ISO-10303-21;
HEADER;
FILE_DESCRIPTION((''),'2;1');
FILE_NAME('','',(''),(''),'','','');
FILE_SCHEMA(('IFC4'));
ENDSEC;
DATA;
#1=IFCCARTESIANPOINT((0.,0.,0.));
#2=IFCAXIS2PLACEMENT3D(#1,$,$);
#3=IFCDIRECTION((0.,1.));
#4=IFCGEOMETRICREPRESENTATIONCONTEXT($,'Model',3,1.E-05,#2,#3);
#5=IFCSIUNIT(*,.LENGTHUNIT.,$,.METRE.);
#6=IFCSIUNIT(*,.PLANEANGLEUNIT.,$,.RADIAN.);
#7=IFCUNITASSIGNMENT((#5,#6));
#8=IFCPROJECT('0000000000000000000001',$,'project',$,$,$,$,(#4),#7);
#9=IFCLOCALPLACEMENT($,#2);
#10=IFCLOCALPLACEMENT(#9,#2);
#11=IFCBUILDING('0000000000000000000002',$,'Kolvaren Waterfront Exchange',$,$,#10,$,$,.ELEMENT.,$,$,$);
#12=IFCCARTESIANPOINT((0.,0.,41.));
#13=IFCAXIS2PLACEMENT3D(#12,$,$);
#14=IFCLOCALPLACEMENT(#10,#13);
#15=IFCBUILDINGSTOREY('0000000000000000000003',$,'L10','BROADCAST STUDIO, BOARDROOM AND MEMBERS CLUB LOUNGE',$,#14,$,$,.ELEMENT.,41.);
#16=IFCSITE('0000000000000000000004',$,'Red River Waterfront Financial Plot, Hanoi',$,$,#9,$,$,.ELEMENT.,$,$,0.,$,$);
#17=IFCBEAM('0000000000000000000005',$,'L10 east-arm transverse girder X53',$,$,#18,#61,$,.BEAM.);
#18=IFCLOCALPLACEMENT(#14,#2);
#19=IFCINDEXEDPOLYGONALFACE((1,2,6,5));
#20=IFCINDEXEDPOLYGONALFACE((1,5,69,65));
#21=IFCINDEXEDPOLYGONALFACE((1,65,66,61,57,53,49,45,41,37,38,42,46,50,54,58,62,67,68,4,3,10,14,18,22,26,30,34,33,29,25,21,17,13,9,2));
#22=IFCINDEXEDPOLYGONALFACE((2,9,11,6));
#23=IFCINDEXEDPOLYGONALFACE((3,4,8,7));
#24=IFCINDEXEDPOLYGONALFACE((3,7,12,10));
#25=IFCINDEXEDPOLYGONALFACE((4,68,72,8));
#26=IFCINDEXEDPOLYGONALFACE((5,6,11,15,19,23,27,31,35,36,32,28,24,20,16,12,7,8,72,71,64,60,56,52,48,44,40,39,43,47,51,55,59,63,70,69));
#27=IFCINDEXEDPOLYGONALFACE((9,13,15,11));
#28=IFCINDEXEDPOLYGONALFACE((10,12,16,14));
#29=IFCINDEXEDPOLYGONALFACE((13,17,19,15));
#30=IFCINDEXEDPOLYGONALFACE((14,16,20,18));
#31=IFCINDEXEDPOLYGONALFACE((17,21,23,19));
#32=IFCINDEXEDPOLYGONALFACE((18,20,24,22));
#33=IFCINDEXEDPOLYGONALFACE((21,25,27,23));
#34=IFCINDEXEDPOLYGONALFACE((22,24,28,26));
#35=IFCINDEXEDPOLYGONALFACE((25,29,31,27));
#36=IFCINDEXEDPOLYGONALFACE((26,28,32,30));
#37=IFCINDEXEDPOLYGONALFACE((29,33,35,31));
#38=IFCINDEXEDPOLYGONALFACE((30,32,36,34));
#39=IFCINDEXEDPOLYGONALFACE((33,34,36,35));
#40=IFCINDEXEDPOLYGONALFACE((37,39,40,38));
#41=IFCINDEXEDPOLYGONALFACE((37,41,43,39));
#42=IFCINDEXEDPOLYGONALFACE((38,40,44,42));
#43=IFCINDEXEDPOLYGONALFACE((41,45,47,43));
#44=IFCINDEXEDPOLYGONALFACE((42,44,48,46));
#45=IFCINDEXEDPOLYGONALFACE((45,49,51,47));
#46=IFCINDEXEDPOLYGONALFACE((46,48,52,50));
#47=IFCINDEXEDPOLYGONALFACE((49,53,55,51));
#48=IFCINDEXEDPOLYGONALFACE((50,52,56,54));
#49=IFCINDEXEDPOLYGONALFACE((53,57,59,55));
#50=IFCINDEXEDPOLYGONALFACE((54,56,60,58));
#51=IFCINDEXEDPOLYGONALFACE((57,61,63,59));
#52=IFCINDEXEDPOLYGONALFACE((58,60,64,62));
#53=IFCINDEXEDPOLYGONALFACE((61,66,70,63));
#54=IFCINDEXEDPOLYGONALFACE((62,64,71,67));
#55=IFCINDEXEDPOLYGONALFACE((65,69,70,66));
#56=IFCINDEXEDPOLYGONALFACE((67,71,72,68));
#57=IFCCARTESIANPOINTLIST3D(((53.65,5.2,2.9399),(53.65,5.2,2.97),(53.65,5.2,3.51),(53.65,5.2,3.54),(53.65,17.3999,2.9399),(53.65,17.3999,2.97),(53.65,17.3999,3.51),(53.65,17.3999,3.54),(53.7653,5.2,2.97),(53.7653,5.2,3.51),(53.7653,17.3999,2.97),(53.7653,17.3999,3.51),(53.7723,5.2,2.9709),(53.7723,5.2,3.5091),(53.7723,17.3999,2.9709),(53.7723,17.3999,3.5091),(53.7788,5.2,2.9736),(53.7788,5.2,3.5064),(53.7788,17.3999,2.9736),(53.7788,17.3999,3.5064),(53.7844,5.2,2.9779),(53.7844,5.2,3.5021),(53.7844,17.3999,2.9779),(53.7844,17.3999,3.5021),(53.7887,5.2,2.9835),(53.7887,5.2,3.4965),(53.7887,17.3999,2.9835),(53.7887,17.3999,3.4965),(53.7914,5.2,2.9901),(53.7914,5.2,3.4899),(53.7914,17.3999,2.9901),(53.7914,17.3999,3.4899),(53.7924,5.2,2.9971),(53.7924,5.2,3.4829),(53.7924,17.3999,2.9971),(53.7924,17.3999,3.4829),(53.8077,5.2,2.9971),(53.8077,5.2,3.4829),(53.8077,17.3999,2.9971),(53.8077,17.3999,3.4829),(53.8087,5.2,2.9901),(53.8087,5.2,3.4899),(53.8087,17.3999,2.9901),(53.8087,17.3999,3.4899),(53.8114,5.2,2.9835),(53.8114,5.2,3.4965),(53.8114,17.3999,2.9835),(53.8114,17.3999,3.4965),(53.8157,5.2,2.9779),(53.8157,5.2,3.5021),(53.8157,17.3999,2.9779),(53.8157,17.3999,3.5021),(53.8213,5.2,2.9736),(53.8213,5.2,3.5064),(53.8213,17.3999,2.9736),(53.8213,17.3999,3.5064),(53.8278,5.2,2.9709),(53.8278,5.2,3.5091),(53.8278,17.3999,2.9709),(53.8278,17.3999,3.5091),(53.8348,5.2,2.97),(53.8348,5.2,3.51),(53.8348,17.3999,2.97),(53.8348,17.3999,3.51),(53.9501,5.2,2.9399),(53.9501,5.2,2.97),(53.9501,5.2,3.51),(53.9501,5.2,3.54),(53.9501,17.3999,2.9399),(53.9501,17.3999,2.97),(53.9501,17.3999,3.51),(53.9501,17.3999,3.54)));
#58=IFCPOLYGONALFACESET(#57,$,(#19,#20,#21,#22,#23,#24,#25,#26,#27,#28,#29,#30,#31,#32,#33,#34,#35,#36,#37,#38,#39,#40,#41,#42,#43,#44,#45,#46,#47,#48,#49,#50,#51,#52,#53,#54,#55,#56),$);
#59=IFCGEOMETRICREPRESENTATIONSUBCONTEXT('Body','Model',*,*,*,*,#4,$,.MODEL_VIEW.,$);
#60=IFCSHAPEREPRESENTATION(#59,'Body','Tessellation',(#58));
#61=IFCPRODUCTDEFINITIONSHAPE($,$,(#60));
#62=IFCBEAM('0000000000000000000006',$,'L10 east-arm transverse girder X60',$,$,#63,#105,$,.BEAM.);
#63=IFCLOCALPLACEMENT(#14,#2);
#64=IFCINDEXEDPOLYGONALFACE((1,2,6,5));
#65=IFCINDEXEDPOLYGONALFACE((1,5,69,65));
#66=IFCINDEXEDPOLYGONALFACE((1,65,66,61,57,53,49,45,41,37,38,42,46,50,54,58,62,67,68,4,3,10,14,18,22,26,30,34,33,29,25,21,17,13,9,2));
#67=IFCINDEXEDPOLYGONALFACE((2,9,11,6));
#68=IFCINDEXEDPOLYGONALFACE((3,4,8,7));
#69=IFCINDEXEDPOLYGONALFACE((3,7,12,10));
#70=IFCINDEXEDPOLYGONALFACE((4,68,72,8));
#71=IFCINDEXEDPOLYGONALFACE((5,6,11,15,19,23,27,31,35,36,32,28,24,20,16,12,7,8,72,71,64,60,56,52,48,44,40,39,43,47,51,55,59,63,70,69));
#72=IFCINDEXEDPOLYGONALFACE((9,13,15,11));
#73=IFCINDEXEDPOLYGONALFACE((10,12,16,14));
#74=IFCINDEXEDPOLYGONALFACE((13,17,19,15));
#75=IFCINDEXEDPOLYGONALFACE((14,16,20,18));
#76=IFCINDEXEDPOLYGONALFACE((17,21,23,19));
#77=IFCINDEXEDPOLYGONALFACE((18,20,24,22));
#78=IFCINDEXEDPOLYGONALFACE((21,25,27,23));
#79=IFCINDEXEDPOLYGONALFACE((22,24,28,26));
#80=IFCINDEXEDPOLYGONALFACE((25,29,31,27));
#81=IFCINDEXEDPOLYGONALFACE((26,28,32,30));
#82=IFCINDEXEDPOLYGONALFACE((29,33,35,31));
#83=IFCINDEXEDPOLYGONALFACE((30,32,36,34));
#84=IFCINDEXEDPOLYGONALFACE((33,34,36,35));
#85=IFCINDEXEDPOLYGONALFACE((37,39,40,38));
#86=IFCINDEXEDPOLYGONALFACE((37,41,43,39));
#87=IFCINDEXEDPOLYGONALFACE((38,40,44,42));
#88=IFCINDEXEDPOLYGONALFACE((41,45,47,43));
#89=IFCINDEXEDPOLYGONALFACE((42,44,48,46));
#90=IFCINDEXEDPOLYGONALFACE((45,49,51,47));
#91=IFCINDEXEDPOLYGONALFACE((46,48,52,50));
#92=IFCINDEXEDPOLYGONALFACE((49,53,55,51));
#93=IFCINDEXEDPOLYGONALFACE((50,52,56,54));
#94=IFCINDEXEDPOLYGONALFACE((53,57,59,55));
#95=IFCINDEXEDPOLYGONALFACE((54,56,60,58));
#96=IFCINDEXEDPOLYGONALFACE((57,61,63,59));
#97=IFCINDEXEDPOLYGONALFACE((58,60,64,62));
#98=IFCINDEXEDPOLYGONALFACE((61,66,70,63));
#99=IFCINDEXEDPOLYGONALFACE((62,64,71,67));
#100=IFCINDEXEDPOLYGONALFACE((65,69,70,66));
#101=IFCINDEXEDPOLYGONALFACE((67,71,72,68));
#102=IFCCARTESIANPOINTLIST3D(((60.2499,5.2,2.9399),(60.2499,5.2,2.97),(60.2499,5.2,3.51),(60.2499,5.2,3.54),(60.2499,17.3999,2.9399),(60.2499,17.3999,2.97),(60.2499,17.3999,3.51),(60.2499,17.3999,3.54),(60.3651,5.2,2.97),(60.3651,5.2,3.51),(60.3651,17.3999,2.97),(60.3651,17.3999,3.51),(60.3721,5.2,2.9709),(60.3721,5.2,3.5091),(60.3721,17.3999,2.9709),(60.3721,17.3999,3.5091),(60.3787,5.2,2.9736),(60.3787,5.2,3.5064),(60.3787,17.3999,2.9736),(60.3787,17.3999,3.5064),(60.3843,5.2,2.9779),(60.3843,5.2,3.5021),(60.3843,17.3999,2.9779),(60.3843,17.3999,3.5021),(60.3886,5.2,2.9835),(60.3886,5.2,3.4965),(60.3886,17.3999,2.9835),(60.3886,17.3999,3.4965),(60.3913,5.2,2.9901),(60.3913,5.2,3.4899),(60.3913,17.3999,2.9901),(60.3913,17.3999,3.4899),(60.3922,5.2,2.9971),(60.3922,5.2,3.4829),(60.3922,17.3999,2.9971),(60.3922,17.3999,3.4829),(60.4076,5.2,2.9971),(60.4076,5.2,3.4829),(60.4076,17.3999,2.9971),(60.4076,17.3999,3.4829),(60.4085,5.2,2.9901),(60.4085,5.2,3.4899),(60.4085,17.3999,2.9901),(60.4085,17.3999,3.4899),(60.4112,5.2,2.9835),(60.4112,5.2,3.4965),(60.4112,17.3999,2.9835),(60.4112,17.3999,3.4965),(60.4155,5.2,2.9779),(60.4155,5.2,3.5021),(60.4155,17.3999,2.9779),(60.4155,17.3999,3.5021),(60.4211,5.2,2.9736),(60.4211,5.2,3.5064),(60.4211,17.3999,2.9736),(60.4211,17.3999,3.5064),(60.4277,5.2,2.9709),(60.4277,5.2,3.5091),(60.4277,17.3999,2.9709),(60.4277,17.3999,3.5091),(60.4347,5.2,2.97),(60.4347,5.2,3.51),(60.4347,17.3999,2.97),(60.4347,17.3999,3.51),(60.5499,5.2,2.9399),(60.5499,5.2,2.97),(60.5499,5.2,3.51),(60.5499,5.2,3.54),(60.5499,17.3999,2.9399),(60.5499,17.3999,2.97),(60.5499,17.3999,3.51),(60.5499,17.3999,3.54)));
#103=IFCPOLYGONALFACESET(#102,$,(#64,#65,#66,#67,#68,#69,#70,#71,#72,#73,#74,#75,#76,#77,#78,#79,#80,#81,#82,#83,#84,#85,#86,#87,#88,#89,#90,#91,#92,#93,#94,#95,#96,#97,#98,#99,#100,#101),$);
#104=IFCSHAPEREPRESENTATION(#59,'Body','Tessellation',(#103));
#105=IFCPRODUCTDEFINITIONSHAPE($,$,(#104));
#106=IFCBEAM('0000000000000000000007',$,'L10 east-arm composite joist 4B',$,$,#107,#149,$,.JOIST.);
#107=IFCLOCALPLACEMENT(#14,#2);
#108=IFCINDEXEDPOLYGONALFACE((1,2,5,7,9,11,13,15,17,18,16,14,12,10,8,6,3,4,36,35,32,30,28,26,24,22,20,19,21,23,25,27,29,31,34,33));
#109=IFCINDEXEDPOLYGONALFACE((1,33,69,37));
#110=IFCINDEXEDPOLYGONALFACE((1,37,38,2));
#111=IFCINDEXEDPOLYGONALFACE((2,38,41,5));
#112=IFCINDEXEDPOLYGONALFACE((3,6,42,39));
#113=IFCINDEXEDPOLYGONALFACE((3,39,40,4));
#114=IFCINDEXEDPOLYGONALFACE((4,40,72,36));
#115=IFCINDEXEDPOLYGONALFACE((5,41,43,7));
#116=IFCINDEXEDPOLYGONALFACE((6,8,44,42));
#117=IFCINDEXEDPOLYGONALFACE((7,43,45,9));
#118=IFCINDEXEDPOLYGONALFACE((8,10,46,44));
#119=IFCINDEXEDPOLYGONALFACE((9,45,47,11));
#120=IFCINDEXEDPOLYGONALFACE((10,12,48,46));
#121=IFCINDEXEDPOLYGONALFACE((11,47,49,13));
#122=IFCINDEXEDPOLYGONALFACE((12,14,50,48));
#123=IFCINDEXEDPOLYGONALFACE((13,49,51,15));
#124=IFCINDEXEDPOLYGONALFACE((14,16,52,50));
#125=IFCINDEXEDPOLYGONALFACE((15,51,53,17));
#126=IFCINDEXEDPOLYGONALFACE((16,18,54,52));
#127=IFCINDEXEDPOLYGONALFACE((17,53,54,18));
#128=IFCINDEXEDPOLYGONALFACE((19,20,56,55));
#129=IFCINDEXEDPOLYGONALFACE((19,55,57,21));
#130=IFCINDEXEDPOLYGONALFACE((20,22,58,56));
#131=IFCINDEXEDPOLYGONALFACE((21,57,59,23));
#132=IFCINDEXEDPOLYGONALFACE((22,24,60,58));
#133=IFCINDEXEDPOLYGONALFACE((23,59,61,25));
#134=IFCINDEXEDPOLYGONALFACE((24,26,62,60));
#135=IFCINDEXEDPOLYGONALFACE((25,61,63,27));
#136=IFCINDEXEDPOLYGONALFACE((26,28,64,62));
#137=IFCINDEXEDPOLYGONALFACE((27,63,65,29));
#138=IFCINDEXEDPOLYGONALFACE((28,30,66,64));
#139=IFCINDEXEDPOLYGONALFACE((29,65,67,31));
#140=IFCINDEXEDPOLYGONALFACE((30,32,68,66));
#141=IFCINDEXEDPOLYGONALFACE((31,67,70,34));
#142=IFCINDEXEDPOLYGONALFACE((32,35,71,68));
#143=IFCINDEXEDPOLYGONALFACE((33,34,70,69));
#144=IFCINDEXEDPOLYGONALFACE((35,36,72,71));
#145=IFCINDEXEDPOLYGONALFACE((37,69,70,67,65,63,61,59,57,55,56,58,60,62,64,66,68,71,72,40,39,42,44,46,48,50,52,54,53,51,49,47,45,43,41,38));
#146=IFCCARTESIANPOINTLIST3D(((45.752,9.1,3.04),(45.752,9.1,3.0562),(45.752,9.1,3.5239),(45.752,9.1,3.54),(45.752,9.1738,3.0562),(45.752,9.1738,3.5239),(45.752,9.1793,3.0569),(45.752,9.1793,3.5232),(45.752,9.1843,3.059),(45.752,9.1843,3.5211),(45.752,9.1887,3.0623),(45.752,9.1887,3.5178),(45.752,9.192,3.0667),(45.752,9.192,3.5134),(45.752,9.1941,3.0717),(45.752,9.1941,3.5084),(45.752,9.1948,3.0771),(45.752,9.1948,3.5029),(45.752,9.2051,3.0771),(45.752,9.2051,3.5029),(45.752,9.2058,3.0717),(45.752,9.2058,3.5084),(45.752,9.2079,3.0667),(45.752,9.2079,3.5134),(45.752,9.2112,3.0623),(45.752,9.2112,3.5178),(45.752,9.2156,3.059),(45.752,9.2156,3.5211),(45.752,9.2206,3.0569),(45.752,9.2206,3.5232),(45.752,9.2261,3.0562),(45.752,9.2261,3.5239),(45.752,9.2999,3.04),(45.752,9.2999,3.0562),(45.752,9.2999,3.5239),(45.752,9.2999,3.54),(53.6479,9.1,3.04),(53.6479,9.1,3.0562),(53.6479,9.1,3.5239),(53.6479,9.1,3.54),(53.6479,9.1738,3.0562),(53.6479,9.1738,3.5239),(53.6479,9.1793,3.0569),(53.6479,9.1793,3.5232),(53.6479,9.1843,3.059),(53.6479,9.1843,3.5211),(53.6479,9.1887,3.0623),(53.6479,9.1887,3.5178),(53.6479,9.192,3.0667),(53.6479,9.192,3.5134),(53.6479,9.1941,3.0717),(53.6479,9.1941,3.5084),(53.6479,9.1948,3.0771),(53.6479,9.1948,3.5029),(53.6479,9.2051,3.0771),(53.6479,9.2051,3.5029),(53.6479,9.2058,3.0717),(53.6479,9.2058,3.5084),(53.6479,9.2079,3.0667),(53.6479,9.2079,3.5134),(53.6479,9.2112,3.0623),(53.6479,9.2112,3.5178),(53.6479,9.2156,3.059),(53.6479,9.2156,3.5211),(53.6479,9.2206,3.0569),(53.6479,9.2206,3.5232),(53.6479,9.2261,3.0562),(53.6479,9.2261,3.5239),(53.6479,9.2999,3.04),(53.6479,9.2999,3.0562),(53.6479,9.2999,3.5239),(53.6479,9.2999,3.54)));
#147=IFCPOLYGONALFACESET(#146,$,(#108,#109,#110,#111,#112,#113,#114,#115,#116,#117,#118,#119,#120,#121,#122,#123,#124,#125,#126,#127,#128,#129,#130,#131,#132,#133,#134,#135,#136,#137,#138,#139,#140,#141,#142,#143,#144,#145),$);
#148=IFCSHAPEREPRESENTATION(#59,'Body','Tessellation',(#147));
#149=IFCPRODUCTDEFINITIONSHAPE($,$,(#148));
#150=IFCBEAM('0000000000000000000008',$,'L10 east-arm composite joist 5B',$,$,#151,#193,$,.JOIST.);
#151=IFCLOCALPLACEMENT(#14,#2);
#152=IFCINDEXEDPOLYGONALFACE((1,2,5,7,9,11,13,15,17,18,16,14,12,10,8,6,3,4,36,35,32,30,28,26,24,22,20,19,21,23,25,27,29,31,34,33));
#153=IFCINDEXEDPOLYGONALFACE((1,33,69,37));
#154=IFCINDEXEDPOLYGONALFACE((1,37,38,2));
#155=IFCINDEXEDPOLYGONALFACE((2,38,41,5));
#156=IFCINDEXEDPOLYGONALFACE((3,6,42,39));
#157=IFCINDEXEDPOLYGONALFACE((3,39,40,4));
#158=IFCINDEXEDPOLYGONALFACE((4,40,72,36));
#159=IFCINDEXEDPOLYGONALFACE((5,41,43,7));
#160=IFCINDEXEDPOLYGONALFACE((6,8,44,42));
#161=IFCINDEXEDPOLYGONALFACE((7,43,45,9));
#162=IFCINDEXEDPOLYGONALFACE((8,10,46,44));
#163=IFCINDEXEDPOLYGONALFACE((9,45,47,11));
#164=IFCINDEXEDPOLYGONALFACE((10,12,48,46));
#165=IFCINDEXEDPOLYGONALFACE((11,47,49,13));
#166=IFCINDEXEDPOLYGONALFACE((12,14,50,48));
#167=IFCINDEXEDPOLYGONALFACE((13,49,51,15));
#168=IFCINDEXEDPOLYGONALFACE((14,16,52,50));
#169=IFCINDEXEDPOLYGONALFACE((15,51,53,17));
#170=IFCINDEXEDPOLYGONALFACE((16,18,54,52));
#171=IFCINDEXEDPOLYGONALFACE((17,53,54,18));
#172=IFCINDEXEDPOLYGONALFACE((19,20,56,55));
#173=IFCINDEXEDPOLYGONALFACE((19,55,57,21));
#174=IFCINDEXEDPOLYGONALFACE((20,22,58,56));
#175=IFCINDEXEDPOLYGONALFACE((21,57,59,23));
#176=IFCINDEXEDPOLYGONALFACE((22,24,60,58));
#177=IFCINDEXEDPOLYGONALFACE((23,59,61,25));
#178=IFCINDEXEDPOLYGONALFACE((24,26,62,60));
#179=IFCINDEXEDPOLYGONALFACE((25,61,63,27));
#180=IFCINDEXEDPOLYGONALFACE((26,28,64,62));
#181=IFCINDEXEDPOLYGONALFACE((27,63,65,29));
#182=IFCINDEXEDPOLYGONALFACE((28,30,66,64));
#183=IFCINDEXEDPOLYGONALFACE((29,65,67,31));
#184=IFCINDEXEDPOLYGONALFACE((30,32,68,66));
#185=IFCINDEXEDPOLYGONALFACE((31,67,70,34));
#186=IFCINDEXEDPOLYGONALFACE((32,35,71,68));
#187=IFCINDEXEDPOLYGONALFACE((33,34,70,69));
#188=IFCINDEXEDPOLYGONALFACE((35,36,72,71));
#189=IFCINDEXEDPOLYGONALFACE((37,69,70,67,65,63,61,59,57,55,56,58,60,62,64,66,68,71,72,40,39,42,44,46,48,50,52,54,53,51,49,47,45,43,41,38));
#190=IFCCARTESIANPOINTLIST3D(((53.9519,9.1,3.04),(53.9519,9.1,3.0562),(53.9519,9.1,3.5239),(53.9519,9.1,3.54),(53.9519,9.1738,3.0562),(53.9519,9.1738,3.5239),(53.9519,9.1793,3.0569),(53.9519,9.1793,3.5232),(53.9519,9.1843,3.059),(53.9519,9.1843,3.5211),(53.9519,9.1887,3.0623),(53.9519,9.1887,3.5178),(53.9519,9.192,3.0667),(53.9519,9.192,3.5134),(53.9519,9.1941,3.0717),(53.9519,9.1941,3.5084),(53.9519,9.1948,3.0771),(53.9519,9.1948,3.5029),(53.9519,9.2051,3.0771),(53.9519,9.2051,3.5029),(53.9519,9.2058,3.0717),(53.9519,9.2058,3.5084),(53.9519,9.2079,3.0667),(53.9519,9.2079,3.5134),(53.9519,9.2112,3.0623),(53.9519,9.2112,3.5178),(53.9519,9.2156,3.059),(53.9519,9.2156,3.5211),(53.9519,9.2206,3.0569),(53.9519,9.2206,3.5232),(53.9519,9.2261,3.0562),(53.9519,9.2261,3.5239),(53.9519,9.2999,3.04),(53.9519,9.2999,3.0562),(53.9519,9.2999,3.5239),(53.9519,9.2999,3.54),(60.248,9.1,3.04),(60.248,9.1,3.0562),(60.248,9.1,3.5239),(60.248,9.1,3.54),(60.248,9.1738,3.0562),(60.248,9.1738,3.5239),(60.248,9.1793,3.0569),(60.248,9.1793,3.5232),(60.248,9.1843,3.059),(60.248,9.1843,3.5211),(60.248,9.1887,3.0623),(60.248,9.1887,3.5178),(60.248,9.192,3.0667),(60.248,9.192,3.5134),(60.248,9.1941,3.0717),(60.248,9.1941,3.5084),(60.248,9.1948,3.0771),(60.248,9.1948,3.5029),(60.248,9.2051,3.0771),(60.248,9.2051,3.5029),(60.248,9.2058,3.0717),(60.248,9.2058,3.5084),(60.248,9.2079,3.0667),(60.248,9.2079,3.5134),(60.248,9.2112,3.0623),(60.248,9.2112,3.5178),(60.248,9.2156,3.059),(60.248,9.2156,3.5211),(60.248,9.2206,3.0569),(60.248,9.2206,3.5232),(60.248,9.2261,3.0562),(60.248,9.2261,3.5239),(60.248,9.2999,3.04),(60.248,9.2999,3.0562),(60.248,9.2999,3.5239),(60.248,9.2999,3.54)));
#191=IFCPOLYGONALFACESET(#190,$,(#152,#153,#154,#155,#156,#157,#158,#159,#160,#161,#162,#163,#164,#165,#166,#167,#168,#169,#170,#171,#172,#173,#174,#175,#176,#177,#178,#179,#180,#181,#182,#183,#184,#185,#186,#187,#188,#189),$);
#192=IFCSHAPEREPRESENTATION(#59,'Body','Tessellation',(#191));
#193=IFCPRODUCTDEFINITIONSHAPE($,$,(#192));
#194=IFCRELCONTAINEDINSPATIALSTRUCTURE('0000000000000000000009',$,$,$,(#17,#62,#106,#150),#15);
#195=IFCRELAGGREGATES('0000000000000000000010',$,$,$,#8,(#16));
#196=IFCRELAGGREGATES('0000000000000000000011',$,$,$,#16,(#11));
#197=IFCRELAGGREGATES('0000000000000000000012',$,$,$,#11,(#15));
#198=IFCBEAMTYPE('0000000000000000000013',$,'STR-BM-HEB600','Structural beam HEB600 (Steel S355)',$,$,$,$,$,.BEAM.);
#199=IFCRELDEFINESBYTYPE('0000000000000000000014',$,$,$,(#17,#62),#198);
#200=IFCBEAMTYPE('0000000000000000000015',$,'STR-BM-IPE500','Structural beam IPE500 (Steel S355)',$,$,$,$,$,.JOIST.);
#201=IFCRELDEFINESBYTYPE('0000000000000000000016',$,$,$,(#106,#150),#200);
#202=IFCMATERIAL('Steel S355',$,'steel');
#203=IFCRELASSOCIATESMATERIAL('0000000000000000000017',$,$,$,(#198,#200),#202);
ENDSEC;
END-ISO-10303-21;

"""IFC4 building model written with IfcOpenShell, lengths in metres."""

from ifc_helpers import new_model, si_unit, direction, frame, origin, origin_2d, place, context, subcontext, project, spatial, i_section, extrude, material, material_profile, profile_set, type_object, element, save


model = new_model("IFC4")

# Units and contexts
model_context = context("Model", 3, precision=1e-05, world=origin(), true_north=direction((0.0, 1.0)))
body_context = subcontext(model_context, "Body", "Model", "MODEL_VIEW")
ifc_project = project(units=[si_unit("LENGTHUNIT", "METRE"), si_unit("PLANEANGLEUNIT", "RADIAN")], contexts=[model_context])

# Site, building, storey
site_placement = place(None, origin())
site = spatial("IfcSite", under=ifc_project, at=site_placement, Name="Red River Waterfront Financial Plot, Hanoi", CompositionType="ELEMENT", RefElevation=0.0)
building_placement = place(site_placement, origin())
building = spatial("IfcBuilding", under=site, at=building_placement, Name="Kolvaren Waterfront Exchange", CompositionType="ELEMENT")
storey_placement = place(building_placement, frame((0.0, 0.0, 41.0)))
storey = spatial("IfcBuildingStorey", under=building, at=storey_placement, Name="L10", Description="BROADCAST STUDIO, BOARDROOM AND MEMBERS CLUB LOUNGE", CompositionType="ELEMENT", Elevation=41.0)

# Beams
ifc_material_1 = material(Name="Steel S355", Category="steel")
ifc_material_profile_1 = material_profile(ifc_material_1, i_section(OverallWidth=0.3, OverallDepth=0.6001, WebThickness=0.0154, FlangeThickness=0.03, FilletRadius=0.0271, at=origin_2d()), Name="HEB600")
ifc_profile_set_1 = profile_set([ifc_material_profile_1], Name="Steel S355")
beam_type_1 = type_object("IfcBeamType", Name="STR-BM-HEB600", Description="Structural beam HEB600 (Steel S355)", PredefinedType="BEAM", material=ifc_profile_set_1)
for number, where, z_axis, x_axis, name in (
    (1, (53.8, 5.2, 3.24), (0.0, 1.0, 0.0), (-1.0, 0.0, 0.0), "L10 east-arm transverse girder X53"),
    (2, (60.3999, 5.2, 3.24), (0.0, 1.0, 0.0), (-1.0, 0.0, 0.0), "L10 east-arm transverse girder X60"),
):
    element("IfcBeam", number, at=place(storey_placement, frame(where, z_axis=z_axis, x_axis=x_axis)), inside=storey, type_object=beam_type_1, Name=name, PredefinedType="BEAM", context=body_context, shape_type="SweptSolid", body=[
        extrude(i_section(OverallWidth=0.3, OverallDepth=0.6001, WebThickness=0.0154, FlangeThickness=0.03, FilletRadius=0.0271, at=origin_2d()), origin(), (0.0, 0.0, 1.0), 12.2),
    ])
ifc_material_profile_2 = material_profile(ifc_material_1, i_section(OverallWidth=0.2, OverallDepth=0.5, WebThickness=0.0103, FlangeThickness=0.0161, FilletRadius=0.021, at=origin_2d()), Name="IPE500")
ifc_profile_set_2 = profile_set([ifc_material_profile_2], Name="Steel S355")
beam_type_2 = type_object("IfcBeamType", Name="STR-BM-IPE500", Description="Structural beam IPE500 (Steel S355)", PredefinedType="JOIST", material=ifc_profile_set_2)
beam_1_placement = place(storey_placement, frame((45.752, 9.2, 3.29), z_axis=(1.0, 0.0, 0.0), x_axis=(0.0, 1.0, 0.0)))
element("IfcBeam", 3, at=beam_1_placement, inside=storey, type_object=beam_type_2, Name="L10 east-arm composite joist 4B", PredefinedType="JOIST", context=body_context, shape_type="SweptSolid", body=[
    extrude(i_section(OverallWidth=0.2, OverallDepth=0.5, WebThickness=0.0103, FlangeThickness=0.0161, FilletRadius=0.021, at=origin_2d()), origin(), (0.0, 0.0, 1.0), 7.896),
])
beam_2_placement = place(storey_placement, frame((53.9519, 9.2, 3.29), z_axis=(1.0, 0.0, 0.0), x_axis=(0.0, 1.0, 0.0)))
element("IfcBeam", 4, at=beam_2_placement, inside=storey, type_object=beam_type_2, Name="L10 east-arm composite joist 5B", PredefinedType="JOIST", context=body_context, shape_type="SweptSolid", body=[
    extrude(i_section(OverallWidth=0.2, OverallDepth=0.5, WebThickness=0.0103, FlangeThickness=0.0161, FilletRadius=0.021, at=origin_2d()), origin(), (0.0, 0.0, 1.0), 6.2961),
])

save(model, "model.ifc")
